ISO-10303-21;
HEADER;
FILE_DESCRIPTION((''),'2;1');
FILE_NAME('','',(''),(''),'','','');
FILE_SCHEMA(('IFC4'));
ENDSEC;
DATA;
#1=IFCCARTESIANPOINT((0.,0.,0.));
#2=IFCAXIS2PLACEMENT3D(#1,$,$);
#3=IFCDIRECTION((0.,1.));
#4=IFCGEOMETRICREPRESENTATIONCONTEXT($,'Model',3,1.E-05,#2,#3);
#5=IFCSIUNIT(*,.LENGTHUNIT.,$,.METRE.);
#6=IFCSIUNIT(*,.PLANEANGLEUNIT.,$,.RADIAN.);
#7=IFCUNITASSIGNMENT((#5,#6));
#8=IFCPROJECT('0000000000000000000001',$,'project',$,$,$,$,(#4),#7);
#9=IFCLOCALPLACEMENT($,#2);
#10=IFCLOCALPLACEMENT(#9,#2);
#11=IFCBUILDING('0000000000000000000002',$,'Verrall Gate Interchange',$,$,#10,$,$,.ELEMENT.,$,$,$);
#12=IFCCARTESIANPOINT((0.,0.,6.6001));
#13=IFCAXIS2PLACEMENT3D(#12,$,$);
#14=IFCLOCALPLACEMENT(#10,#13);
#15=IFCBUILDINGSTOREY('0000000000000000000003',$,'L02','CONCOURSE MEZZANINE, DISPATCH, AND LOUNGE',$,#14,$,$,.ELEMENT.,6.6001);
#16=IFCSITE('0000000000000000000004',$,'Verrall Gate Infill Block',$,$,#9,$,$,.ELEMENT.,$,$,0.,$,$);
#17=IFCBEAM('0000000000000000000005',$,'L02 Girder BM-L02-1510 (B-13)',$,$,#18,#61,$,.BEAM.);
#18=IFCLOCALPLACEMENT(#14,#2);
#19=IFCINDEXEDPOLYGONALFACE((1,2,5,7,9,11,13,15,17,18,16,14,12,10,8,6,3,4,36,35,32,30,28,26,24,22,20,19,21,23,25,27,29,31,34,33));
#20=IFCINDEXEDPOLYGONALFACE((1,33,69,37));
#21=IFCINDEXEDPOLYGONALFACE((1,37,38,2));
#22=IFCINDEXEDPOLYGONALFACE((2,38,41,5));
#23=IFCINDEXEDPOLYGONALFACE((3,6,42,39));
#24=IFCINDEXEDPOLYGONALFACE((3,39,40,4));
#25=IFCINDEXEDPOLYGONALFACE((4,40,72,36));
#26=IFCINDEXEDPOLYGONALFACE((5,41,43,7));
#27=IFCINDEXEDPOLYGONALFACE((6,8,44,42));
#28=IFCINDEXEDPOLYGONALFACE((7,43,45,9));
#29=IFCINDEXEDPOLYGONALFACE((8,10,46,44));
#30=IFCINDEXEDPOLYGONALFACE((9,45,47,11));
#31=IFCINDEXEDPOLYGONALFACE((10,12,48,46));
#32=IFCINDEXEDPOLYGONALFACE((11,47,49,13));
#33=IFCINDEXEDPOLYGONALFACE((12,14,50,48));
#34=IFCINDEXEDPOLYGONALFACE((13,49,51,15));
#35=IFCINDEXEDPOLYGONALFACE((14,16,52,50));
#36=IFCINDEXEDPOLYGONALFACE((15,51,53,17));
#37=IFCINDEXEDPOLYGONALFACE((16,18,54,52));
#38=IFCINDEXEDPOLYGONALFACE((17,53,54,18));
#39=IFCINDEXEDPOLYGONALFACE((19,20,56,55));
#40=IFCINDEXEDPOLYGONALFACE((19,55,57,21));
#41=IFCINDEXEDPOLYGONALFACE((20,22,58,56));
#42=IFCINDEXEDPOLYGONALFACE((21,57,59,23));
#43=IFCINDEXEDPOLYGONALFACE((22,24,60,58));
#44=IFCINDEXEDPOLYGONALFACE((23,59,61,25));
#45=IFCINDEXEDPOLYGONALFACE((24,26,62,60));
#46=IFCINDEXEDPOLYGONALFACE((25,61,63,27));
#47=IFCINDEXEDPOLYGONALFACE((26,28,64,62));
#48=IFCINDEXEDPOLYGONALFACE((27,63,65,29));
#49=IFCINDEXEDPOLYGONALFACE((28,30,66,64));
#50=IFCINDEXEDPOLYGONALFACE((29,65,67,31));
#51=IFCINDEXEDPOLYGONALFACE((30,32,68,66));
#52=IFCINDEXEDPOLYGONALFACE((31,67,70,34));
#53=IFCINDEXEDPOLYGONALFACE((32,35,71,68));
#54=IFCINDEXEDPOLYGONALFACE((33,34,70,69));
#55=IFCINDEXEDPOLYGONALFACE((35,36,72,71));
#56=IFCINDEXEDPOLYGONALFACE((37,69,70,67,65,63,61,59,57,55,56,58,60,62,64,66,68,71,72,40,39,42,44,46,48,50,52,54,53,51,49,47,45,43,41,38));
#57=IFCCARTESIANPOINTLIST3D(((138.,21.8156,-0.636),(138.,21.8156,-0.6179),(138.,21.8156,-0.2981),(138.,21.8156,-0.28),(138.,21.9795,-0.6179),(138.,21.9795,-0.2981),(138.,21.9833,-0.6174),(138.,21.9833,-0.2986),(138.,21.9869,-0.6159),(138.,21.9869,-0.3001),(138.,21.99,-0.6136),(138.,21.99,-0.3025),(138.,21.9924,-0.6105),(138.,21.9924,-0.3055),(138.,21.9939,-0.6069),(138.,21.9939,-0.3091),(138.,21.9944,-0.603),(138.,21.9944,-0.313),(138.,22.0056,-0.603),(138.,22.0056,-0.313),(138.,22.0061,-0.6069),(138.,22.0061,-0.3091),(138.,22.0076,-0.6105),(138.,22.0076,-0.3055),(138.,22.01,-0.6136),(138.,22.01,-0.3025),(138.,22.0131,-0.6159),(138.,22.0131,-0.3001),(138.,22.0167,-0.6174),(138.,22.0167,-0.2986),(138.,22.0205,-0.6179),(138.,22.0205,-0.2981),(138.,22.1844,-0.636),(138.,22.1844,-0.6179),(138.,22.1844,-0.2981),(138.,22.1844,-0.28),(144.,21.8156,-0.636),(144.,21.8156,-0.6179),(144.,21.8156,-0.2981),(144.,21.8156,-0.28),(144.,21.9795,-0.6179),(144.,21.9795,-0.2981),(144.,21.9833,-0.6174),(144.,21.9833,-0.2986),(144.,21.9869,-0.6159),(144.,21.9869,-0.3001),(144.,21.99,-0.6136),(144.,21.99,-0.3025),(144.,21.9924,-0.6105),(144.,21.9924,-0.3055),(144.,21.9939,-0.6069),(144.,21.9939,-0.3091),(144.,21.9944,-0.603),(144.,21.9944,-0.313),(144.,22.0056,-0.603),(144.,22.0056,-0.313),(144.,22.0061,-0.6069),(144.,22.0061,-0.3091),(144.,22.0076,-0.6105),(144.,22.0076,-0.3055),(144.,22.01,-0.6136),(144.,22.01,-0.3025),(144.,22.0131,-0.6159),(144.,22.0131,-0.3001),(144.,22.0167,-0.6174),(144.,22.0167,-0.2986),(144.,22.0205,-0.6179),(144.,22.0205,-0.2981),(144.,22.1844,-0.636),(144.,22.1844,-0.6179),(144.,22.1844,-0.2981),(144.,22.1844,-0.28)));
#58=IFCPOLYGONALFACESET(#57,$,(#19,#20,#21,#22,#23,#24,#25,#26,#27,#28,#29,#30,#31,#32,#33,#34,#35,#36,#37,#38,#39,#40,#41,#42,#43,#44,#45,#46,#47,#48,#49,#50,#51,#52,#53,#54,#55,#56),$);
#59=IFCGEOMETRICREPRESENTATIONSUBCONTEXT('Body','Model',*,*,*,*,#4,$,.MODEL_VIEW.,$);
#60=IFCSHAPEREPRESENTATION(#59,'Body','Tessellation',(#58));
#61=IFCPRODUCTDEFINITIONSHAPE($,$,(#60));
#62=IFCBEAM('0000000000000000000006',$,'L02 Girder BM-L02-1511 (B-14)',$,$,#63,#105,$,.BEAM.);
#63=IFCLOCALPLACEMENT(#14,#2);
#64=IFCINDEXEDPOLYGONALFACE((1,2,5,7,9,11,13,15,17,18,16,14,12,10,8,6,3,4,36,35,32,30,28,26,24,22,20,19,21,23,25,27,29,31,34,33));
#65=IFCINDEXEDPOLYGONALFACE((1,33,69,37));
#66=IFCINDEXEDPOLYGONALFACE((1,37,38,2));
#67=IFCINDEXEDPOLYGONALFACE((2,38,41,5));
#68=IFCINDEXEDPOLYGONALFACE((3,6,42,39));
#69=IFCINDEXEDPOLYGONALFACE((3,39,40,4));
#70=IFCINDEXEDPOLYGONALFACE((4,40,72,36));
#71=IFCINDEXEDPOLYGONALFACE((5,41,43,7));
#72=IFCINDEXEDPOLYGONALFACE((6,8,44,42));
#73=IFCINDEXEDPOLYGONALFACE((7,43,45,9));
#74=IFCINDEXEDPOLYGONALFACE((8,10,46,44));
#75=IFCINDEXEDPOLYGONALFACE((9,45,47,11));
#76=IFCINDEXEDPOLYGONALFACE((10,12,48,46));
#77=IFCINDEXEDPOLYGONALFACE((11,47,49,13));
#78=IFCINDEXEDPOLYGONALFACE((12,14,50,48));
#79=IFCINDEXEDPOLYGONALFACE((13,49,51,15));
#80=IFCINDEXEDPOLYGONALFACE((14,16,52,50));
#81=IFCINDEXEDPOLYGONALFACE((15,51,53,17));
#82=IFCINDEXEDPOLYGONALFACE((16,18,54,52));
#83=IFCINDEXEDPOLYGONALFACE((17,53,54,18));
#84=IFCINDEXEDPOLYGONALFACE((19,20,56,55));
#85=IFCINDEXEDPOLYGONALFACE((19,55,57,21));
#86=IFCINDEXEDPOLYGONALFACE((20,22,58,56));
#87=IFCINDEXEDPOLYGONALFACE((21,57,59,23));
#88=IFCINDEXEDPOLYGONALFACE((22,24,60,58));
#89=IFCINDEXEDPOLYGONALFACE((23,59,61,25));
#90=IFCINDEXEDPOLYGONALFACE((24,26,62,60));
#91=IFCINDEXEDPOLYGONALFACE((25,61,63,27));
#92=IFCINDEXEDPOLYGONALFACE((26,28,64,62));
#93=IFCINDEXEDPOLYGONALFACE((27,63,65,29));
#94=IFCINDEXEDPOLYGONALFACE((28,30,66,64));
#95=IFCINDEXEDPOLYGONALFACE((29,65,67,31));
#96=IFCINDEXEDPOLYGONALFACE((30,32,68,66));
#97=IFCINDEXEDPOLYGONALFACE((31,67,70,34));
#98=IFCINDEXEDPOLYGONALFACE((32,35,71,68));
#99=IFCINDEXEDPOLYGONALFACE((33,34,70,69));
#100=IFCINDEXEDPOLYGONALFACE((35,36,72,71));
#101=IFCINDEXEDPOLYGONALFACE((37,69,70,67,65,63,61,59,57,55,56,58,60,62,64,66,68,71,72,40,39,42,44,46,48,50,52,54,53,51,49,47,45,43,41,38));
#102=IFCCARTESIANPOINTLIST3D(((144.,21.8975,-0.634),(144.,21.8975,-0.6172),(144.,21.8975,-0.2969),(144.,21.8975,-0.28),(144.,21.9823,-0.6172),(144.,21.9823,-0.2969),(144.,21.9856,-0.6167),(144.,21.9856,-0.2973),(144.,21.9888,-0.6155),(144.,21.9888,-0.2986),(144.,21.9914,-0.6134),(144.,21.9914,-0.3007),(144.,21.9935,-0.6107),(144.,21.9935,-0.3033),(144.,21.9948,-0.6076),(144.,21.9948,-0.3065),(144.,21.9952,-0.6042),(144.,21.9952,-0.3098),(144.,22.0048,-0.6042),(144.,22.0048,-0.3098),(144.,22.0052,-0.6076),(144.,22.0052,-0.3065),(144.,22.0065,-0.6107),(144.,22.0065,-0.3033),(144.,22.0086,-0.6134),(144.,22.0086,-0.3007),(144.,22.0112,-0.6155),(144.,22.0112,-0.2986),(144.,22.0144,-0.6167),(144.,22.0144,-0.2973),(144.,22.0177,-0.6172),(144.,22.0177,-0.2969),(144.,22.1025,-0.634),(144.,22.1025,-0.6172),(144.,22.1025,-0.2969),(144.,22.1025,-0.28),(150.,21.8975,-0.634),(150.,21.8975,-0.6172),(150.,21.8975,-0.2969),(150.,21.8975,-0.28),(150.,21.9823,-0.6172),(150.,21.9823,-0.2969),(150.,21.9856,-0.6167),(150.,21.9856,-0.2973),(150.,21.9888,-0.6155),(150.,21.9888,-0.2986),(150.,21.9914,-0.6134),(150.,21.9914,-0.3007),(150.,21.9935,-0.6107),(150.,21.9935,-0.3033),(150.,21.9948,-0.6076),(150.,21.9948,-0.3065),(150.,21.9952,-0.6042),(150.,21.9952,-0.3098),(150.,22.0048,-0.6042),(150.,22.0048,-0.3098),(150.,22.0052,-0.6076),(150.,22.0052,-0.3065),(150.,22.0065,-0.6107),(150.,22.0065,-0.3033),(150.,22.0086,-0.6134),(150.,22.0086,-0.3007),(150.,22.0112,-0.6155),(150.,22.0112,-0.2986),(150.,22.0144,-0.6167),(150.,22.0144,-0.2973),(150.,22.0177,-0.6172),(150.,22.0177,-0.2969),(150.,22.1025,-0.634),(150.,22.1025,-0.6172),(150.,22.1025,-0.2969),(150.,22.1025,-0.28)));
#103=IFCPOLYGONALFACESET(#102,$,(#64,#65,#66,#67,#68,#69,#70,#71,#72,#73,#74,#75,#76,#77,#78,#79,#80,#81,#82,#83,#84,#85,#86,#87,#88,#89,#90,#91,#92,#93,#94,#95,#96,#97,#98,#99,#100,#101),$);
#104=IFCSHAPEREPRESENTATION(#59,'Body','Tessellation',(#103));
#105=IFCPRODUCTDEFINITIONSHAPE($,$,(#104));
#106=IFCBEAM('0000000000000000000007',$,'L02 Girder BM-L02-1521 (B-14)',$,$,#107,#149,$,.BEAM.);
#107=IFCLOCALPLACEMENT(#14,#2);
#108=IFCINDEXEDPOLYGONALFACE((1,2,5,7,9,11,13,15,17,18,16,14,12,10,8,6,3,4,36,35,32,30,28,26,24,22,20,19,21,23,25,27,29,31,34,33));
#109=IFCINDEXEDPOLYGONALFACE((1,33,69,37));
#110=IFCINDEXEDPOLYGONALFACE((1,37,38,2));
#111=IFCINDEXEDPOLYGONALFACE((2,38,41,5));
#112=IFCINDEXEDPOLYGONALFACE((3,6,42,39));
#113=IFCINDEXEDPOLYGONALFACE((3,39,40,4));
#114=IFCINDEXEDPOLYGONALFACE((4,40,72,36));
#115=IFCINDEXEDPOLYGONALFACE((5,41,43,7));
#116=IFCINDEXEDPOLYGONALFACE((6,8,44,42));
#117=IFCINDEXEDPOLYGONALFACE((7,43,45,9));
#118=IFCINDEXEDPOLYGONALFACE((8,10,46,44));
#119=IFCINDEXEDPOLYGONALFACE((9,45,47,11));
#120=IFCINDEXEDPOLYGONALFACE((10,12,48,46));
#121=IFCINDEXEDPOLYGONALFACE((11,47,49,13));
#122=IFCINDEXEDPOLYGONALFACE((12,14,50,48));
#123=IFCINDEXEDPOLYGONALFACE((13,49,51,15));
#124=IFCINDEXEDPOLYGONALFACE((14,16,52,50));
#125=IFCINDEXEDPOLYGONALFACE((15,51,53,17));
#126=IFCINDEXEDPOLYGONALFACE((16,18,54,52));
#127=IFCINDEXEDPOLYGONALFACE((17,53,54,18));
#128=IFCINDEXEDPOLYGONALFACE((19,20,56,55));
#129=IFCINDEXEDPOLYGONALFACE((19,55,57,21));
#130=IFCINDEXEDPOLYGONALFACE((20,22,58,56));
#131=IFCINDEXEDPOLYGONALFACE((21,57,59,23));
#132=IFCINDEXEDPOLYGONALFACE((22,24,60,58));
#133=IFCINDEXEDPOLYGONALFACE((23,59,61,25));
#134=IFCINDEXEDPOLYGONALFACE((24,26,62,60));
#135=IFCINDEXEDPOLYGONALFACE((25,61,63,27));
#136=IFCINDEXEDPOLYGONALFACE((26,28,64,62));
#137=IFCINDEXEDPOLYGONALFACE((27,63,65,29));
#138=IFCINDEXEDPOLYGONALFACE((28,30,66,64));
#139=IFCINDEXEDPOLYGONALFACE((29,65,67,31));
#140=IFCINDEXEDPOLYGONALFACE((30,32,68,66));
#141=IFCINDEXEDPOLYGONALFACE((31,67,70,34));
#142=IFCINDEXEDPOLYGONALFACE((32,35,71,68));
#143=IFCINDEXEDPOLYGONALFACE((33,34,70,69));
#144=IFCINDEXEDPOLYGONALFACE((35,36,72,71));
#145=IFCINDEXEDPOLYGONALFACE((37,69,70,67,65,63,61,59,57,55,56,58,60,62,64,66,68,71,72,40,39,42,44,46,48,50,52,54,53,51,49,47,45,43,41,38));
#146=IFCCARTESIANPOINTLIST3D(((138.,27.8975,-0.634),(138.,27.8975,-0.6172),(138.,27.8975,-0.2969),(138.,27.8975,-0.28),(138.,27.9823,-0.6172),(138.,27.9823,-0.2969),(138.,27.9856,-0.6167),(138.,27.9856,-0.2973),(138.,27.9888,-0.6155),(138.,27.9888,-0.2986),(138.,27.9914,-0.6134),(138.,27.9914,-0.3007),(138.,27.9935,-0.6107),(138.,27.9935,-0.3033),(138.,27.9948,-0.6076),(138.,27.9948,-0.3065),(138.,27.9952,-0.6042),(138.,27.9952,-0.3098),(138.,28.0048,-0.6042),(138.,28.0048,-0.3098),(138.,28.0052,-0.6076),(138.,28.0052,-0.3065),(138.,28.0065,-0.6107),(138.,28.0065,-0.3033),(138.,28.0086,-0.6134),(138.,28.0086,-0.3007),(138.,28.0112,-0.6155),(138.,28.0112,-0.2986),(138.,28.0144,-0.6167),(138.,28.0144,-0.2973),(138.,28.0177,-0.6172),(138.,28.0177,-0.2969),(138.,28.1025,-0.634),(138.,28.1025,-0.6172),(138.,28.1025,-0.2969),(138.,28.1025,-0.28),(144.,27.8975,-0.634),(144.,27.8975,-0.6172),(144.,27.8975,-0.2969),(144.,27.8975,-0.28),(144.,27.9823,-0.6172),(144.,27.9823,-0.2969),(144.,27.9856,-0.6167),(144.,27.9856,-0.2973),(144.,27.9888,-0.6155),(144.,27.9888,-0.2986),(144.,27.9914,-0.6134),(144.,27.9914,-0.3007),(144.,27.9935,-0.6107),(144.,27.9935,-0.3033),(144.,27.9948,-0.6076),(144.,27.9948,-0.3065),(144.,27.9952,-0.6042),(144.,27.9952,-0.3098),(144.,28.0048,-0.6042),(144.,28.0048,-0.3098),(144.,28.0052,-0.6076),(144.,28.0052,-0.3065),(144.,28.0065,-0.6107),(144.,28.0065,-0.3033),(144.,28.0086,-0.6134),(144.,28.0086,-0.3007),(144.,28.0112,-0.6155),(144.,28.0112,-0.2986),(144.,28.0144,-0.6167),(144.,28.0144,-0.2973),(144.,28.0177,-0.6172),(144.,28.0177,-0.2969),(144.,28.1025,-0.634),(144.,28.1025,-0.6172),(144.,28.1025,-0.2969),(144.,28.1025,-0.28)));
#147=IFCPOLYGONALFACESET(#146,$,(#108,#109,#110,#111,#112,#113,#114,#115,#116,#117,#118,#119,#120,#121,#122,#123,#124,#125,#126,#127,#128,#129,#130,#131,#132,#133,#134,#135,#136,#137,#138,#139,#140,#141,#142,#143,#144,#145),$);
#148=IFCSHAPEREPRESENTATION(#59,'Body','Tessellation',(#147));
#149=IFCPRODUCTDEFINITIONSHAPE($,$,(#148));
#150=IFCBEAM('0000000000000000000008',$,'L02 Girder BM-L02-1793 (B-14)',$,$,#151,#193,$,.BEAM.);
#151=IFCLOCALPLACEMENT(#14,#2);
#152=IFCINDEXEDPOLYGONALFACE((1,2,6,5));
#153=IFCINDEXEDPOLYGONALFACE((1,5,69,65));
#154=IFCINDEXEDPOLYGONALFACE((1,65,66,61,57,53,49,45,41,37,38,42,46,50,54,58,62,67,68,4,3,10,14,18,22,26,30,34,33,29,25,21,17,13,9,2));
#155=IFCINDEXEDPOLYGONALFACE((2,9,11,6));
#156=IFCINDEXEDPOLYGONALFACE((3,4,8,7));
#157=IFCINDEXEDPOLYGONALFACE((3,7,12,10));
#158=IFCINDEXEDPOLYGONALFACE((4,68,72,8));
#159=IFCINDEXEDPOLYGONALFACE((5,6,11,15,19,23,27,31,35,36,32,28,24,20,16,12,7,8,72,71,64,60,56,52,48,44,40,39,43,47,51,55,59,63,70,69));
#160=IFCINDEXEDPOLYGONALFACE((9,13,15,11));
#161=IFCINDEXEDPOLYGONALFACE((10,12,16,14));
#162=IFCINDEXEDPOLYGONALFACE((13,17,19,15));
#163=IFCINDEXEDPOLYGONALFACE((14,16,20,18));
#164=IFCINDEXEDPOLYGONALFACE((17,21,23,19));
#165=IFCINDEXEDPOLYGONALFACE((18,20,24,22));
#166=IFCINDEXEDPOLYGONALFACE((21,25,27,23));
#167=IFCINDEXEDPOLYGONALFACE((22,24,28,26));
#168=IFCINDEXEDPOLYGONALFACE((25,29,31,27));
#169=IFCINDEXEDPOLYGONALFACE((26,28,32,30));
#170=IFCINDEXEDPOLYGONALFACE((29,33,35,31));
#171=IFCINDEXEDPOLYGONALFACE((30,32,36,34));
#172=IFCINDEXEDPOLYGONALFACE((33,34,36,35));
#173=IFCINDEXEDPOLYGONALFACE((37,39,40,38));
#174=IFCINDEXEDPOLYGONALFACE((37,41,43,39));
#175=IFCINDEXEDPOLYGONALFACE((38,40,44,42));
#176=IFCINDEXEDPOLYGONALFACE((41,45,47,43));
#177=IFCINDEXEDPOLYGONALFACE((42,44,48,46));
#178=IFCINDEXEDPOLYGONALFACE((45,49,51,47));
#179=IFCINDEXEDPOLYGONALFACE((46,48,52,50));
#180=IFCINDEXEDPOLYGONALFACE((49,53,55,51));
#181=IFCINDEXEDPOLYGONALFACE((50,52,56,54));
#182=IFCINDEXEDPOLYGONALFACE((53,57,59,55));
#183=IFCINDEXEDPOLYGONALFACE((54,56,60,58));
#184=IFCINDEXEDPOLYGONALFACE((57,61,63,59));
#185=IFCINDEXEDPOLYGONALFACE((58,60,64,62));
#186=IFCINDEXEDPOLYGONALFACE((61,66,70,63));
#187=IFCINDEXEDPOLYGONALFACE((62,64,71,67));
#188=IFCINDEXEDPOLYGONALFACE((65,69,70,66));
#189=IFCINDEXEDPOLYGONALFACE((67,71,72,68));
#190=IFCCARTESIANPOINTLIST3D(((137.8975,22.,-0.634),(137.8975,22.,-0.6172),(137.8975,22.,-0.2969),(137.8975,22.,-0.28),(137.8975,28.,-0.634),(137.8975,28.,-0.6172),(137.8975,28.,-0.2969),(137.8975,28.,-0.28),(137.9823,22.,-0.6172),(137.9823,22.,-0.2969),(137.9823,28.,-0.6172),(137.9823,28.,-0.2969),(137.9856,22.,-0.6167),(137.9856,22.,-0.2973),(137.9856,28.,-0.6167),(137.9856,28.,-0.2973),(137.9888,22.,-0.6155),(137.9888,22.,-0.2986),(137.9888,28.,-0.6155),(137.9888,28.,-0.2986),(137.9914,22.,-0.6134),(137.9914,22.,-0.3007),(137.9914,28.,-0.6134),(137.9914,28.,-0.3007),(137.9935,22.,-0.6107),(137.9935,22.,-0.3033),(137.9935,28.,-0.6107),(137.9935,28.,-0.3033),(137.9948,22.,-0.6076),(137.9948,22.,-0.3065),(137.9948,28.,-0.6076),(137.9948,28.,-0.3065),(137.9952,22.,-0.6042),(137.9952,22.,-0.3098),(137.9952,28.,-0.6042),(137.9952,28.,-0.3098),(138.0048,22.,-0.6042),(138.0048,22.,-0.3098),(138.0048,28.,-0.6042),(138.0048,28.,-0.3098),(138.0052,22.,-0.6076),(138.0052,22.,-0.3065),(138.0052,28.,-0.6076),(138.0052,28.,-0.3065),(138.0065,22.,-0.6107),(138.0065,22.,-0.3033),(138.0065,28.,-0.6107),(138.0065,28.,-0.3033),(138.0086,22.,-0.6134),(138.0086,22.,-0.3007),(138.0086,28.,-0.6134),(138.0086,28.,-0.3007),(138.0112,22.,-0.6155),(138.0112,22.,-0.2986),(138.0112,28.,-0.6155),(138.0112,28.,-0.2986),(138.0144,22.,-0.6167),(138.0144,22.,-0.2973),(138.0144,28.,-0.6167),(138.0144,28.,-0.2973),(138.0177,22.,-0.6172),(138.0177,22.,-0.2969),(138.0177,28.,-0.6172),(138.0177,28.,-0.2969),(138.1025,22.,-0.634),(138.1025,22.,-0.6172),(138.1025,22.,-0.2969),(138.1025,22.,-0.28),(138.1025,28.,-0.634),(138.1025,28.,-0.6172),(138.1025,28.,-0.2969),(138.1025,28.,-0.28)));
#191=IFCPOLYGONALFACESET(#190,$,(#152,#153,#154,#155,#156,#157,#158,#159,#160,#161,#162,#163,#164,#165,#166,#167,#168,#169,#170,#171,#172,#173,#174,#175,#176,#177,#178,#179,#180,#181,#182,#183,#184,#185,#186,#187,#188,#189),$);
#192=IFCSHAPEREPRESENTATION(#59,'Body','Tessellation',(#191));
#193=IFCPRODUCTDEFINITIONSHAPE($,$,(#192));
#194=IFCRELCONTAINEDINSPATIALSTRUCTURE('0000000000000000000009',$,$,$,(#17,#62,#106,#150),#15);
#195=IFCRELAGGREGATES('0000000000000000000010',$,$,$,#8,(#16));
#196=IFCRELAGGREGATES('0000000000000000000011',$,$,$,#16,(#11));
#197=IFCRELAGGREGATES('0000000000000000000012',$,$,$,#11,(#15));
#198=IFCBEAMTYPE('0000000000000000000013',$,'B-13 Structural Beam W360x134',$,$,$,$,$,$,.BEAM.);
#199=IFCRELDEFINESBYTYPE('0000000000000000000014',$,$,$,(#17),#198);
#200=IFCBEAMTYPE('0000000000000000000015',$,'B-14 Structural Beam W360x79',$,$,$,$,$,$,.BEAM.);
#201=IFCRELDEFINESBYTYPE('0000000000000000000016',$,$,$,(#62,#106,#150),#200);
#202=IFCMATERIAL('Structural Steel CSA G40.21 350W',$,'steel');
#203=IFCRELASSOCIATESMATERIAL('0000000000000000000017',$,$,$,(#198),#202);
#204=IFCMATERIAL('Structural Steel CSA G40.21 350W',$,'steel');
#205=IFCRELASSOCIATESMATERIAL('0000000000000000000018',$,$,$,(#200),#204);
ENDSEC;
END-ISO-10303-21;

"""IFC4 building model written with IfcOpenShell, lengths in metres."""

from ifc_helpers import new_model, si_unit, direction, frame, origin, origin_2d, place, context, subcontext, project, spatial, i_section, extrude, material, material_profile, profile_set, type_object, element, save


model = new_model("IFC4")

# Units and contexts
model_context = context("Model", 3, precision=1e-05, world=origin(), true_north=direction((0.0, 1.0)))
body_context = subcontext(model_context, "Body", "Model", "MODEL_VIEW")
ifc_project = project(units=[si_unit("LENGTHUNIT", "METRE"), si_unit("PLANEANGLEUNIT", "RADIAN")], contexts=[model_context])

# Site, building, storey
site_placement = place(None, origin())
site = spatial("IfcSite", under=ifc_project, at=site_placement, Name="Verrall Gate Infill Block", CompositionType="ELEMENT", RefElevation=0.0)
building_placement = place(site_placement, origin())
building = spatial("IfcBuilding", under=site, at=building_placement, Name="Verrall Gate Interchange", CompositionType="ELEMENT")
storey_placement = place(building_placement, frame((0.0, 0.0, 6.6001)))
storey = spatial("IfcBuildingStorey", under=building, at=storey_placement, Name="L02", Description="CONCOURSE MEZZANINE, DISPATCH, AND LOUNGE", CompositionType="ELEMENT", Elevation=6.6001)

# Beams
ifc_material_1 = material(Name="Structural Steel CSA G40.21 350W", Category="steel")
ifc_material_profile_1 = material_profile(ifc_material_1, i_section(OverallWidth=0.3689, OverallDepth=0.356, WebThickness=0.0112, FlangeThickness=0.0181, FilletRadius=0.0149, at=origin_2d()), Name="W360x134")
ifc_profile_set_1 = profile_set([ifc_material_profile_1], Name="Structural Steel CSA G40.21 350W")
beam_type_1 = type_object("IfcBeamType", Name="B-13 Structural Beam W360x134", PredefinedType="BEAM", material=ifc_profile_set_1)
beam_1_placement = place(storey_placement, frame((138.0, 22.0, -0.458), z_axis=(1.0, 0.0, 0.0), x_axis=(0.0, 1.0, 0.0)))
element("IfcBeam", 1, at=beam_1_placement, inside=storey, type_object=beam_type_1, Name="L02 Girder BM-L02-1510 (B-13)", PredefinedType="BEAM", context=body_context, shape_type="SweptSolid", body=[
    extrude(i_section(OverallWidth=0.3689, OverallDepth=0.356, WebThickness=0.0112, FlangeThickness=0.0181, FilletRadius=0.0149, at=origin_2d()), origin(), (0.0, 0.0, 1.0), 6.0),
])
ifc_material_2 = material(Name="Structural Steel CSA G40.21 350W", Category="steel")
ifc_material_profile_2 = material_profile(ifc_material_2, i_section(OverallWidth=0.2051, OverallDepth=0.354, WebThickness=0.0095, FlangeThickness=0.0168, FilletRadius=0.0129, at=origin_2d()), Name="W360x79")
ifc_profile_set_2 = profile_set([ifc_material_profile_2], Name="Structural Steel CSA G40.21 350W")
beam_type_2 = type_object("IfcBeamType", Name="B-14 Structural Beam W360x79", PredefinedType="BEAM", material=ifc_profile_set_2)
for number, where, z_axis, x_axis, name in (
    (2, (144.0, 22.0, -0.457), (1.0, 0.0, 0.0), (0.0, 1.0, 0.0), "L02 Girder BM-L02-1511 (B-14)"),
    (3, (138.0, 28.0, -0.457), (1.0, 0.0, 0.0), (0.0, 1.0, 0.0), "L02 Girder BM-L02-1521 (B-14)"),
    (4, (138.0, 22.0, -0.457), (0.0, 1.0, 0.0), (-1.0, 0.0, 0.0), "L02 Girder BM-L02-1793 (B-14)"),
):
    element("IfcBeam", number, at=place(storey_placement, frame(where, z_axis=z_axis, x_axis=x_axis)), inside=storey, type_object=beam_type_2, Name=name, PredefinedType="BEAM", context=body_context, shape_type="SweptSolid", body=[
        extrude(i_section(OverallWidth=0.2051, OverallDepth=0.354, WebThickness=0.0095, FlangeThickness=0.0168, FilletRadius=0.0129, at=origin_2d()), origin(), (0.0, 0.0, 1.0), 6.0),
    ])

save(model, "model.ifc")
